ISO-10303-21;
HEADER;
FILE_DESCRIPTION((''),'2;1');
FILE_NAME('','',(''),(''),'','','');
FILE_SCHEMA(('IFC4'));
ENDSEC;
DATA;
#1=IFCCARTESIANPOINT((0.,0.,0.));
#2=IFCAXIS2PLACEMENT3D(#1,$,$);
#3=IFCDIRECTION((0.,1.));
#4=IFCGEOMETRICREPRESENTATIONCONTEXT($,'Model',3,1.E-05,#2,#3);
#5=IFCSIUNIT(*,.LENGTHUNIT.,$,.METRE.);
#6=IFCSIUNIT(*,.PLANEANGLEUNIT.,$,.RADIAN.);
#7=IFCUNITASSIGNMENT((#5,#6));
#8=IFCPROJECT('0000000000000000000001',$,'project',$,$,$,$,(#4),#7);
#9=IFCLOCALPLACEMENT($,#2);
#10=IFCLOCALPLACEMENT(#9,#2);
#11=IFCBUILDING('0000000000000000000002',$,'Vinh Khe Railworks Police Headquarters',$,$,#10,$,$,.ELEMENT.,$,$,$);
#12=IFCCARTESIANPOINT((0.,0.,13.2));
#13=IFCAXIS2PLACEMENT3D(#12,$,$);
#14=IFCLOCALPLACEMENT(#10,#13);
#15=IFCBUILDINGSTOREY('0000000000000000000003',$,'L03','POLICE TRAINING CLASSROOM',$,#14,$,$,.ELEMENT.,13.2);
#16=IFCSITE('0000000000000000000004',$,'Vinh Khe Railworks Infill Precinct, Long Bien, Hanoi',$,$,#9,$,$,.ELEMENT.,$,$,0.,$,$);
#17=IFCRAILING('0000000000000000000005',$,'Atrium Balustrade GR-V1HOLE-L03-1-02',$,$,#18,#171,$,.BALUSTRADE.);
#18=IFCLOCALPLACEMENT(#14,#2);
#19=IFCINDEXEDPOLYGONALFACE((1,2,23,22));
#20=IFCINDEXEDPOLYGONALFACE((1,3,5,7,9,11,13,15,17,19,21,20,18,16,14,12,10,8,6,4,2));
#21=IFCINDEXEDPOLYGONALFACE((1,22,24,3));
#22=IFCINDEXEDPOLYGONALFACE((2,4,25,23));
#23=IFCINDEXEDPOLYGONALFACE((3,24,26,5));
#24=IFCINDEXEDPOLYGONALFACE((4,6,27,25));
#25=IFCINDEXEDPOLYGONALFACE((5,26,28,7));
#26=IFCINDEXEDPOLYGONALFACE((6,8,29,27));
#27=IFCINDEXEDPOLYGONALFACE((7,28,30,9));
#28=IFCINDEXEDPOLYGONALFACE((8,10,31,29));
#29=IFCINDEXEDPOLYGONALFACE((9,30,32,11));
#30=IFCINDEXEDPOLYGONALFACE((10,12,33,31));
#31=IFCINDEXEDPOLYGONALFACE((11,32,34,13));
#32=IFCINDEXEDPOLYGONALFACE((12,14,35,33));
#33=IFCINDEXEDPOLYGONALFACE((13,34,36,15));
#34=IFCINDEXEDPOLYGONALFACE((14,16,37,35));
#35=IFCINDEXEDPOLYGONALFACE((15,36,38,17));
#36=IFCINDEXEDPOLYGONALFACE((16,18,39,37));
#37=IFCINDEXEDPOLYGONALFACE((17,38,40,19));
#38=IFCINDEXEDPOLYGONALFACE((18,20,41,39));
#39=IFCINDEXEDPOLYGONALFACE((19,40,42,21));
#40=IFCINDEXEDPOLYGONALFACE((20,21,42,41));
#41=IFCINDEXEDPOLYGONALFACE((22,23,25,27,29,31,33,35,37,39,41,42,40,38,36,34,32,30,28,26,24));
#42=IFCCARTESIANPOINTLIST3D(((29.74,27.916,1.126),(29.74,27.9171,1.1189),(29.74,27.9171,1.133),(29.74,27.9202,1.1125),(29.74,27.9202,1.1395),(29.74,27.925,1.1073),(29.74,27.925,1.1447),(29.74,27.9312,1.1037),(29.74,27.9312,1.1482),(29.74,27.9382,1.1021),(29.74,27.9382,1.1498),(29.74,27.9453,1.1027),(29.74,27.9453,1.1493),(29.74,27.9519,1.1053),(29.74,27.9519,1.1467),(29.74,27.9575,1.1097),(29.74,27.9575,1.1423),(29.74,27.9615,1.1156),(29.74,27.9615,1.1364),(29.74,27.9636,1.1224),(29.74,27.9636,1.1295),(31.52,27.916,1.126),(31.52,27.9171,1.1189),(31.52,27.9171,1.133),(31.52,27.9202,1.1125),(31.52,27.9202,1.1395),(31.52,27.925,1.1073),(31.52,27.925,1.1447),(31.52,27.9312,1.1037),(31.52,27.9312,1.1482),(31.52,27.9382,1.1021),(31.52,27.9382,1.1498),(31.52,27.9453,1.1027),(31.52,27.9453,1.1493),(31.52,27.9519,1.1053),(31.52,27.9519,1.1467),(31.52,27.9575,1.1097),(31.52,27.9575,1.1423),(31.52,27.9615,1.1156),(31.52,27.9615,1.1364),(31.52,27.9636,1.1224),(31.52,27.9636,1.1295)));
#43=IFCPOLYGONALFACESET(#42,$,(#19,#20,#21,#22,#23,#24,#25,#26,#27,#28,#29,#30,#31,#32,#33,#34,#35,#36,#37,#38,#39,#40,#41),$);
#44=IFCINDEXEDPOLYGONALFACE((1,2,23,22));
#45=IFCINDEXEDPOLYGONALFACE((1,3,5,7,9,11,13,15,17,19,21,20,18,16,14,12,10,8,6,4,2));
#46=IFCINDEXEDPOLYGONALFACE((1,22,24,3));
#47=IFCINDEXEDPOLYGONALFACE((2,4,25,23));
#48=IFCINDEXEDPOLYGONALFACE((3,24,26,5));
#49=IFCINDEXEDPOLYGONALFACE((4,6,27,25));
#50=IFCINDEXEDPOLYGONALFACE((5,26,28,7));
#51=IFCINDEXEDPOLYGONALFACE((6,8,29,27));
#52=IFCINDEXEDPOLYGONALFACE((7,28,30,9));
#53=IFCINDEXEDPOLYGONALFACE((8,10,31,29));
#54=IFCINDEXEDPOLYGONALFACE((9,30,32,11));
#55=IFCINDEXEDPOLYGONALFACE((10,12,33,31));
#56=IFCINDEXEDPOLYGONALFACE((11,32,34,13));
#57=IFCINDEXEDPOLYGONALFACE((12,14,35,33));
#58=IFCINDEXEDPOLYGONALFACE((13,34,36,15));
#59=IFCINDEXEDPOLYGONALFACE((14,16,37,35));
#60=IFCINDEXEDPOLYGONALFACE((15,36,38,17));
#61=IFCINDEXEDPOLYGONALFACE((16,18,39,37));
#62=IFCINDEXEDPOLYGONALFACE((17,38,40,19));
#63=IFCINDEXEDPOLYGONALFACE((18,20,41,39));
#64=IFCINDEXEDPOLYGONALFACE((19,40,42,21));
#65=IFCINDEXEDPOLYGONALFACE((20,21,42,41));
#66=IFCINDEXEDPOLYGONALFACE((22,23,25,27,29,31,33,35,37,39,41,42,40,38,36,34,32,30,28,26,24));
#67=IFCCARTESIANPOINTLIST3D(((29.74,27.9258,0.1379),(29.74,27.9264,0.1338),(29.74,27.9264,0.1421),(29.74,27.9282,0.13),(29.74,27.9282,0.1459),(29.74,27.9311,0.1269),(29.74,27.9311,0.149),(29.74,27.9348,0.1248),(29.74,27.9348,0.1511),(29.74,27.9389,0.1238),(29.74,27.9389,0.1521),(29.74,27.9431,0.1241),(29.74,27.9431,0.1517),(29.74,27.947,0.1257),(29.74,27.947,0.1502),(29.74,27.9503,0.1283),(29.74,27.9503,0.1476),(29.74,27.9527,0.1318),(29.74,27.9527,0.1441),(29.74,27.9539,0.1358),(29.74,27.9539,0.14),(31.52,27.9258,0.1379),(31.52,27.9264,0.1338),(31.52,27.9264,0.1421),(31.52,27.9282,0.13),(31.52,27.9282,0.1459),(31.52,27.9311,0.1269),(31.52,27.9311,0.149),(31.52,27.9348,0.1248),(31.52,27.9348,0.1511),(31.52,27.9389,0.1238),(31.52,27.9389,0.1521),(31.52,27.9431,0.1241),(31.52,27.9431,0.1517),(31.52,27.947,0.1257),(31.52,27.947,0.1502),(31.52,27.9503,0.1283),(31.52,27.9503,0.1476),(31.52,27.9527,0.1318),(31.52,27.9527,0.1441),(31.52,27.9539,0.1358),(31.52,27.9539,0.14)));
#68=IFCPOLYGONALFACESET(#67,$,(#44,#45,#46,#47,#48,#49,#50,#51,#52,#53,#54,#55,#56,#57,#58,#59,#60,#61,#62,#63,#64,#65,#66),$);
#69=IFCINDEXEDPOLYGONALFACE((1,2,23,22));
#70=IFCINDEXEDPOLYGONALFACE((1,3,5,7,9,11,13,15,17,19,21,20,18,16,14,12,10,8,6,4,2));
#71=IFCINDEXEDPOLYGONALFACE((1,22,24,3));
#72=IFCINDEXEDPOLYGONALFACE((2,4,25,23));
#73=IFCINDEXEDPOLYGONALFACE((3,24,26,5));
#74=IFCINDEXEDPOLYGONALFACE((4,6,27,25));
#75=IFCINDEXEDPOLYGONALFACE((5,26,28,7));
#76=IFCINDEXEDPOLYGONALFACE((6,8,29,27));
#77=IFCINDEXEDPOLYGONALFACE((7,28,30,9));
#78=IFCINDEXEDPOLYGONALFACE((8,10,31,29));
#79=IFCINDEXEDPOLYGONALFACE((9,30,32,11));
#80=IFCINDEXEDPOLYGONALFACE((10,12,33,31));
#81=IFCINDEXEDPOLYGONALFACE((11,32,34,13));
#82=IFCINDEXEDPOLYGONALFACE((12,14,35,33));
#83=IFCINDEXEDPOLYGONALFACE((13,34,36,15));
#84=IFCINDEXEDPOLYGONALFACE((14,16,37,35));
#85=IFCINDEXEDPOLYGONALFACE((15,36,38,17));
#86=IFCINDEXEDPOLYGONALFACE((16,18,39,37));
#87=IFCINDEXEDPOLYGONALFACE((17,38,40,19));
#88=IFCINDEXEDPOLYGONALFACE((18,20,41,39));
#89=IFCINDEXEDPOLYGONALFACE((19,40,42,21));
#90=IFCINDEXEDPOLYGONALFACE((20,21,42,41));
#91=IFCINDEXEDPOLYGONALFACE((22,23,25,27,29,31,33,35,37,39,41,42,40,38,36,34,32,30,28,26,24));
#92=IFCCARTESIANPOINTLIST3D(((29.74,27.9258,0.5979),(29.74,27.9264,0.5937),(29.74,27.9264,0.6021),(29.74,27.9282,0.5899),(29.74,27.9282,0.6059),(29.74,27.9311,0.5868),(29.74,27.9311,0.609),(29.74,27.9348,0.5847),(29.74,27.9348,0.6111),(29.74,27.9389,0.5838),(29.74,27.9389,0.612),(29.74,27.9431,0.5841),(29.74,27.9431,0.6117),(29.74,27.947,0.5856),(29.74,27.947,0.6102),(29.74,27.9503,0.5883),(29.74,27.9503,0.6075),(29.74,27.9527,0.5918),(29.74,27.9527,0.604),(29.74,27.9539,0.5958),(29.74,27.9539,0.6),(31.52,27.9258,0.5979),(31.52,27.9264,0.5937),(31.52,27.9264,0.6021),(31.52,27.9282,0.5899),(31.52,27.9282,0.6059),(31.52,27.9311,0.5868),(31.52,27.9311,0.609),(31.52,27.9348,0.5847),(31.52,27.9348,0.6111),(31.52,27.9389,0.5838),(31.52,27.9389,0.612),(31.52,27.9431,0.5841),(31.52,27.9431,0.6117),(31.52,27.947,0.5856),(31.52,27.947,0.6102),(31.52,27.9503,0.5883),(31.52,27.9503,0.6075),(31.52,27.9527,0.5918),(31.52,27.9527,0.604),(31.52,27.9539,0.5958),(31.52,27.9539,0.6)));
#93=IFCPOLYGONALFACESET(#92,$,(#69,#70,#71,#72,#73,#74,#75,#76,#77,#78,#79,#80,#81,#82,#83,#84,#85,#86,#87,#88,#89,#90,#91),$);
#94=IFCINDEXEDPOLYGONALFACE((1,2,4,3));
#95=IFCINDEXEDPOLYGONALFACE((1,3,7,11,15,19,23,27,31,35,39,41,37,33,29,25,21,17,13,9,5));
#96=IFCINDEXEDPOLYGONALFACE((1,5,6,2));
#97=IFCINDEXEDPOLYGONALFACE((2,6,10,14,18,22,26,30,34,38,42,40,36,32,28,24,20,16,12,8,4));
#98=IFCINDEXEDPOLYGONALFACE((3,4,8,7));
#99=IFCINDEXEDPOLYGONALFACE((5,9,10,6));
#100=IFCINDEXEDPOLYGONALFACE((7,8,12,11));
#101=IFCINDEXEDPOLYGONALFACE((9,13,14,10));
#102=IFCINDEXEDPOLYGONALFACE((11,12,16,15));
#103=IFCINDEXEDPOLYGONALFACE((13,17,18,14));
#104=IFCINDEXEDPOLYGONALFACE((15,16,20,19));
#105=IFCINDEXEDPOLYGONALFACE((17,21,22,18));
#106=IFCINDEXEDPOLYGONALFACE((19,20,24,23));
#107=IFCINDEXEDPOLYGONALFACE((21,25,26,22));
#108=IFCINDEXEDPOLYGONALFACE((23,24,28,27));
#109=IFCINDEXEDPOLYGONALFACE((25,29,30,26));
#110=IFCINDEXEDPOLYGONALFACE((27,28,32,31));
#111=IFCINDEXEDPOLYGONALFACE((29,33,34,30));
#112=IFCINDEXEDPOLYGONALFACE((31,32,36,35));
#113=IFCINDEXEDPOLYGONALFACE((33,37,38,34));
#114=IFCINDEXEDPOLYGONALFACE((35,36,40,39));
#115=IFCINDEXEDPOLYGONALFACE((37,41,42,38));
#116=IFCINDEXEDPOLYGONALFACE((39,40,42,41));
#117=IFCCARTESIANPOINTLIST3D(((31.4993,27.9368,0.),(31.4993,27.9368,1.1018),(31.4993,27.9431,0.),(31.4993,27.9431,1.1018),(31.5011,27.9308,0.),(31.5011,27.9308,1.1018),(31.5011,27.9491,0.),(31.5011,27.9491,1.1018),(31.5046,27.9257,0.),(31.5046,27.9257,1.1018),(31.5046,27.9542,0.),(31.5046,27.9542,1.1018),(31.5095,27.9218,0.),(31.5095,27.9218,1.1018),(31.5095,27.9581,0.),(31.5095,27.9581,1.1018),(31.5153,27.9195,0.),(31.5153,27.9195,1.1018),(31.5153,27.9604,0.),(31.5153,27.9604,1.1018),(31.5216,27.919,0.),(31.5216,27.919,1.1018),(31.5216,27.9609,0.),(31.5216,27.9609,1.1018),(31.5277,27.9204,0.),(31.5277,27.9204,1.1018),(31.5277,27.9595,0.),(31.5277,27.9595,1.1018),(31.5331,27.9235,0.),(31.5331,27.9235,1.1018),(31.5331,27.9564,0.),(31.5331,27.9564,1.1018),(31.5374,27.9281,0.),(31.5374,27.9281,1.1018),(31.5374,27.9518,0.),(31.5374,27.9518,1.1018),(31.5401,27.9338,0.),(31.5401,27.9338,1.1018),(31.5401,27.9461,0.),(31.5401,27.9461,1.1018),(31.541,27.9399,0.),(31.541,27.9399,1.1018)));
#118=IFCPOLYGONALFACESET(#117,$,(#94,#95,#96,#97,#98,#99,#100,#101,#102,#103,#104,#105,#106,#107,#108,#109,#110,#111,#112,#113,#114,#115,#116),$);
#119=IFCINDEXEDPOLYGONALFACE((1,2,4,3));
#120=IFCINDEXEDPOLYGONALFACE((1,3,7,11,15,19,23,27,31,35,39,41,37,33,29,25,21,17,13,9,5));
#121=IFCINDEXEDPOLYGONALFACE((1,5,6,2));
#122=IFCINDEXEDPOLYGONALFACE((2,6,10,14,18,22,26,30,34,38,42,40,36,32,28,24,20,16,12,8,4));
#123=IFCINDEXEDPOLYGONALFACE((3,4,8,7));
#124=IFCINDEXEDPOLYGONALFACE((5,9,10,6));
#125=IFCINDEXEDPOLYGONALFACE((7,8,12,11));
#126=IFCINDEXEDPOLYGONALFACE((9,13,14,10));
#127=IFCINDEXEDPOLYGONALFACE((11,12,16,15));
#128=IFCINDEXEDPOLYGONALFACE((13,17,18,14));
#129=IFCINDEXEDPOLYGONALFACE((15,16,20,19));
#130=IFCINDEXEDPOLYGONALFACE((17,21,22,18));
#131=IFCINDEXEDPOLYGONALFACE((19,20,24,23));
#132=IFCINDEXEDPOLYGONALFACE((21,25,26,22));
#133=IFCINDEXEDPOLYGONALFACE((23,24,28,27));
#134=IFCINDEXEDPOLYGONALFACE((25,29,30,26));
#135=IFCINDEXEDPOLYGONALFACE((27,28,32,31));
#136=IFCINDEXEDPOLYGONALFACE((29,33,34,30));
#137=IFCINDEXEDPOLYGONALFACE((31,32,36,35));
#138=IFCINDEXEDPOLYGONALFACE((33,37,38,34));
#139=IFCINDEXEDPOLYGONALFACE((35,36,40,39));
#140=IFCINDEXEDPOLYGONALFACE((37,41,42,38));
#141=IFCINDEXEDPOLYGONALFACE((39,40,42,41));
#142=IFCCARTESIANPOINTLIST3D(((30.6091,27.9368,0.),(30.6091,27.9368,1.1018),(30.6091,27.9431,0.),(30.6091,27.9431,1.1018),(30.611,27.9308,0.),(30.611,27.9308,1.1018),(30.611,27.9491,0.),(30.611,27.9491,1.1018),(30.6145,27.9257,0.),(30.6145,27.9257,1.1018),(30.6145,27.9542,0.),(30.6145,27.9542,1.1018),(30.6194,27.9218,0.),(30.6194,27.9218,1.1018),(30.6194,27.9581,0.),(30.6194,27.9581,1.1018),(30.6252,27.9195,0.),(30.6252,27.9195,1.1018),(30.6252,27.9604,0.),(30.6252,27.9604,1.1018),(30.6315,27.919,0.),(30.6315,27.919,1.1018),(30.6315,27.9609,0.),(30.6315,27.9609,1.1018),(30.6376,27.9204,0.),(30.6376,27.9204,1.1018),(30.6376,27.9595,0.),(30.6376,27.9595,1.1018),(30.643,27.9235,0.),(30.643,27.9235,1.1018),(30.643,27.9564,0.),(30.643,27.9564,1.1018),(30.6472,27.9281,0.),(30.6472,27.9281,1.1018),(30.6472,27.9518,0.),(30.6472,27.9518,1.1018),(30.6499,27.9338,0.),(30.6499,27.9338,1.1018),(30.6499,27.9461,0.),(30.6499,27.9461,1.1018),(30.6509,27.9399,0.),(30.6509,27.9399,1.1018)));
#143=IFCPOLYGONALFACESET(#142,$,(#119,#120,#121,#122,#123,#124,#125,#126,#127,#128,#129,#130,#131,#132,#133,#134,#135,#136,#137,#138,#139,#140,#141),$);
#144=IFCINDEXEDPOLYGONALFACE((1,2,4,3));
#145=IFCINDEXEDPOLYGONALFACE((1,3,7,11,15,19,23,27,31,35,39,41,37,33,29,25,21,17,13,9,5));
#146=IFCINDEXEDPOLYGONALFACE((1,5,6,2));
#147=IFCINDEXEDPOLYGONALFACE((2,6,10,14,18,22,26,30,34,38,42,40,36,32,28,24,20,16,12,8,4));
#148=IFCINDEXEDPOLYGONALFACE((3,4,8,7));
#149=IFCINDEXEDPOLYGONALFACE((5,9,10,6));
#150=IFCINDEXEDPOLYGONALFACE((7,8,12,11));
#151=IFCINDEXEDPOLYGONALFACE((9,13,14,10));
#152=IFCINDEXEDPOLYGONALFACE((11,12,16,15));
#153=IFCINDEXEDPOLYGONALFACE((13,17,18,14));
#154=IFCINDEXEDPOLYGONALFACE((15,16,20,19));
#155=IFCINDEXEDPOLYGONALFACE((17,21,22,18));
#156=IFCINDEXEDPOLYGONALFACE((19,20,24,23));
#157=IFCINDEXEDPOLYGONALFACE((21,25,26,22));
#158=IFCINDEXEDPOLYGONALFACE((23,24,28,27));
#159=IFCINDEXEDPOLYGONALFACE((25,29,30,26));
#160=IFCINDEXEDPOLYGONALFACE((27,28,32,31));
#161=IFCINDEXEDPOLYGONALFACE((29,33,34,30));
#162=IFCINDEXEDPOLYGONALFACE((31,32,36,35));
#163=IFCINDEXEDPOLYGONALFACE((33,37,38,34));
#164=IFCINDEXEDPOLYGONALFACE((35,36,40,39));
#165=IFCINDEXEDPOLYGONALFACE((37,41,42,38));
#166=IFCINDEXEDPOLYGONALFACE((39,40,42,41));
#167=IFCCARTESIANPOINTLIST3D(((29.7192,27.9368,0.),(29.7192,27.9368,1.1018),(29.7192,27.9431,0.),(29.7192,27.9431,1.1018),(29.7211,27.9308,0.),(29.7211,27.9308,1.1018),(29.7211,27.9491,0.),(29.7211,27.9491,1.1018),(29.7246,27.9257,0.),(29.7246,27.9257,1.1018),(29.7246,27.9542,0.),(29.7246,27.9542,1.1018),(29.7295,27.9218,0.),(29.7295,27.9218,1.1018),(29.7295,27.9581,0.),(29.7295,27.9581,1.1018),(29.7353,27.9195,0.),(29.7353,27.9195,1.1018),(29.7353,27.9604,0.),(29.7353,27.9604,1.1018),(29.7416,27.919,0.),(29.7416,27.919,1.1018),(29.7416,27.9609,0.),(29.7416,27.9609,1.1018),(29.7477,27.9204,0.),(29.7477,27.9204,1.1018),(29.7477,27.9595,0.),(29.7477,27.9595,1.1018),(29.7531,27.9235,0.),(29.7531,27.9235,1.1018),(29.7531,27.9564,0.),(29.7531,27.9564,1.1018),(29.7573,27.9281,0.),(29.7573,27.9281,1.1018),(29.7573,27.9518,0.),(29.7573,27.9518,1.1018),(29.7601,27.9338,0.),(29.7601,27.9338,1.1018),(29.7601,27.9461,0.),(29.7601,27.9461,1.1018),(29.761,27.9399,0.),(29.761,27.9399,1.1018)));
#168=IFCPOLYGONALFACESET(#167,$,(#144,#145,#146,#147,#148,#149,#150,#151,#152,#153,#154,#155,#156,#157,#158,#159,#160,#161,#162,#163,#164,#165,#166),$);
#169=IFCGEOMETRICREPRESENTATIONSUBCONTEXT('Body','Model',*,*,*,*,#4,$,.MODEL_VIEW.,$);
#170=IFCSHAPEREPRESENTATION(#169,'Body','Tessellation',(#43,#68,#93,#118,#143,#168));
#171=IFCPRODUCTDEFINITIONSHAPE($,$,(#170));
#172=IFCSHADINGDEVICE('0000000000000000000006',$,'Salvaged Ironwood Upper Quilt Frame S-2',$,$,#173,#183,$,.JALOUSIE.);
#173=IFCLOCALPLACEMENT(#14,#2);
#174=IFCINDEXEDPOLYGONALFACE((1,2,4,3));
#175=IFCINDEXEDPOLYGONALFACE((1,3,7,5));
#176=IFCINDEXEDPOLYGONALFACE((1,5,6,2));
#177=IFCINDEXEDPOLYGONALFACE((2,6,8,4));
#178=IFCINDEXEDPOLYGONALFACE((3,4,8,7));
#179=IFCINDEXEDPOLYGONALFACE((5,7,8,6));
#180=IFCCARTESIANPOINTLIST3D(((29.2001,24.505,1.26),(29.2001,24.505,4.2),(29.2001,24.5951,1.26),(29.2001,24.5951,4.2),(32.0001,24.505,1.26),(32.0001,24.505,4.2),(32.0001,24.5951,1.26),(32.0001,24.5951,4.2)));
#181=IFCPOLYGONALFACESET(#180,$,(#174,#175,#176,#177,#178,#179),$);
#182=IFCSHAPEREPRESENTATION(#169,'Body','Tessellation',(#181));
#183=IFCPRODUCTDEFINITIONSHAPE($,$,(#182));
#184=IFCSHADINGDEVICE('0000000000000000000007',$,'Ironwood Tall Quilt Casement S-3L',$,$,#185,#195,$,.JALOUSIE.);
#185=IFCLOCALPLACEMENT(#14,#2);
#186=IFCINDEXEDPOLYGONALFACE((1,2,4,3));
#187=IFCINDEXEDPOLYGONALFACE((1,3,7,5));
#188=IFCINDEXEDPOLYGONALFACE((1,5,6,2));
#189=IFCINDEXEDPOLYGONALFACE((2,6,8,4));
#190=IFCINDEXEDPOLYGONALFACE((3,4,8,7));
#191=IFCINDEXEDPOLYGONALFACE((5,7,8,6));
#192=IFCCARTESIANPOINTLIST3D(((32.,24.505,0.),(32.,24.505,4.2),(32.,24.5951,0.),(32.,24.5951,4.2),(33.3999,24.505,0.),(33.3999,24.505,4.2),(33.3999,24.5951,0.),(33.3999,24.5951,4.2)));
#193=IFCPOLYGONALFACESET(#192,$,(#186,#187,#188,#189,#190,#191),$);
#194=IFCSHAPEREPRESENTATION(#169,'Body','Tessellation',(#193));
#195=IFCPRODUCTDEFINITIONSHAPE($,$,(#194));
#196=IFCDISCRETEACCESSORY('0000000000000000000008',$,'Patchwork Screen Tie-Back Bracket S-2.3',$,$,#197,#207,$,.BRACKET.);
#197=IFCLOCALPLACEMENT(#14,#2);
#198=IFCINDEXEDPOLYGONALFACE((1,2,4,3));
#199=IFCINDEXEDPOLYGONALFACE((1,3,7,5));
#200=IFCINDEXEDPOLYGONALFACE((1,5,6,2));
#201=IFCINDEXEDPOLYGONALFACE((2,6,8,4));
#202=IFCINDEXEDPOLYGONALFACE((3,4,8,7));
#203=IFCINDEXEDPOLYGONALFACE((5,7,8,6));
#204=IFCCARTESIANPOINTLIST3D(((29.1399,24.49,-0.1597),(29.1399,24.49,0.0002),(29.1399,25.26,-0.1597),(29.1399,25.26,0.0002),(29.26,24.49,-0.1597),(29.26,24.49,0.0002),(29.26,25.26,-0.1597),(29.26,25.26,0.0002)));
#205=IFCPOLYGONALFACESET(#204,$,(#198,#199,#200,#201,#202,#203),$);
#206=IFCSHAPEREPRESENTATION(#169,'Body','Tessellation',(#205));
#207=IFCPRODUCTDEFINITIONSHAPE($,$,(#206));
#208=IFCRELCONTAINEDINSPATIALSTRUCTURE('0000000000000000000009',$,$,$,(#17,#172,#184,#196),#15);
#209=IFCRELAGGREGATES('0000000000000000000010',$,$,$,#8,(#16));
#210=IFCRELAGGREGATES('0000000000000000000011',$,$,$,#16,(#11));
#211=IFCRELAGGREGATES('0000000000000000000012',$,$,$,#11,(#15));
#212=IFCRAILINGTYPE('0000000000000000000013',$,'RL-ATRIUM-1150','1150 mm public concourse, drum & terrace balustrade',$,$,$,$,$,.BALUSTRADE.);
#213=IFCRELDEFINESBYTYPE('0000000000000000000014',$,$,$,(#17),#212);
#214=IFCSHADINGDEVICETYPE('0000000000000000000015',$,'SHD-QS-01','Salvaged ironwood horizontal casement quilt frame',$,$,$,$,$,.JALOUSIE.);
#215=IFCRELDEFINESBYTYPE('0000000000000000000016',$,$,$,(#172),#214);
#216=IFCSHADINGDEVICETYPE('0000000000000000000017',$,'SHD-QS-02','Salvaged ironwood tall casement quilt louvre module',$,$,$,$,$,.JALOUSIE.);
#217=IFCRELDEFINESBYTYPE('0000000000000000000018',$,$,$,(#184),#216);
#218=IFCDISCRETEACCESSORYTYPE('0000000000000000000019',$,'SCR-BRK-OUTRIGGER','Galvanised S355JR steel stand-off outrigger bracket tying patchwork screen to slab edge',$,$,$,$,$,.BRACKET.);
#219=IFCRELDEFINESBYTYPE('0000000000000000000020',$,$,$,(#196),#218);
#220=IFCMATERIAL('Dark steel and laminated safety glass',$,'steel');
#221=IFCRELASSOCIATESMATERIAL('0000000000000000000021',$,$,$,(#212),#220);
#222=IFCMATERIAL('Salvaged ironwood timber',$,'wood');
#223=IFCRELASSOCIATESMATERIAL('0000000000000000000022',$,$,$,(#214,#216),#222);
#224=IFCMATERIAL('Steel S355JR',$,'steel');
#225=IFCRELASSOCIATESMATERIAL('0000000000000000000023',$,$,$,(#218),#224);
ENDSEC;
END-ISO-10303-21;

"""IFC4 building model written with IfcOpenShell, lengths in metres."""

from ifc_helpers import new_model, si_unit, direction, frame, origin, origin_2d, place, context, subcontext, project, spatial, rectangle, circle, extrude, material, type_object, element, save


model = new_model("IFC4")

# Units and contexts
model_context = context("Model", 3, precision=1e-05, world=origin(), true_north=direction((0.0, 1.0)))
body_context = subcontext(model_context, "Body", "Model", "MODEL_VIEW")
ifc_project = project(units=[si_unit("LENGTHUNIT", "METRE"), si_unit("PLANEANGLEUNIT", "RADIAN")], contexts=[model_context])

# Site, building, storey
site_placement = place(None, origin())
site = spatial("IfcSite", under=ifc_project, at=site_placement, Name="Vinh Khe Railworks Infill Precinct, Long Bien, Hanoi", CompositionType="ELEMENT", RefElevation=0.0)
building_placement = place(site_placement, origin())
building = spatial("IfcBuilding", under=site, at=building_placement, Name="Vinh Khe Railworks Police Headquarters", CompositionType="ELEMENT")
storey_placement = place(building_placement, frame((0.0, 0.0, 13.2)))
storey = spatial("IfcBuildingStorey", under=building, at=storey_placement, Name="L03", Description="POLICE TRAINING CLASSROOM", CompositionType="ELEMENT", Elevation=13.2)

# Shared definitions
ifc_material_1 = material(Name="Steel S355JR", Category="steel")

# Shared definitions
ifc_material_2 = material(Name="Salvaged ironwood timber", Category="wood")

# Railing
ifc_material_3 = material(Name="Dark steel and laminated safety glass", Category="steel")
railing_type = type_object("IfcRailingType", Name="RL-ATRIUM-1150", Description="1150 mm public concourse, drum & terrace balustrade", PredefinedType="BALUSTRADE", material=ifc_material_3)
railing_1_placement = place(storey_placement, frame((31.52, 27.9399, 0.0)))
element("IfcRailing", 1, at=railing_1_placement, inside=storey, type_object=railing_type, Name="Atrium Balustrade GR-V1HOLE-L03-1-02", PredefinedType="BALUSTRADE", context=body_context, shape_type="SweptSolid", body=[
    extrude(circle(Radius=0.0239, at=origin_2d()), frame((0.0, 0.0, 1.126), z_axis=(-1.0, 0.0, 0.0), x_axis=(0.0, -1.0, 0.0)), (0.0, 0.0, 1.0), 1.78),
    extrude(circle(Radius=0.0142, at=origin_2d()), frame((0.0, 0.0, 0.1379), z_axis=(-1.0, 0.0, 0.0), x_axis=(0.0, -1.0, 0.0)), (0.0, 0.0, 1.0), 1.78),
    extrude(circle(Radius=0.0142, at=origin_2d()), frame((0.0, 0.0, 0.5979), z_axis=(-1.0, 0.0, 0.0), x_axis=(0.0, -1.0, 0.0)), (0.0, 0.0, 1.0), 1.78),
    extrude(circle(Radius=0.021, at=origin_2d()), origin(), (0.0, 0.0, 1.0), 1.1018),
    extrude(circle(Radius=0.021, at=origin_2d()), frame((-0.8901, 0.0, 0.0)), (0.0, 0.0, 1.0), 1.1018),
    extrude(circle(Radius=0.021, at=origin_2d()), frame((-1.78, 0.0, 0.0)), (0.0, 0.0, 1.0), 1.1018),
])

# Shading devices
shading_device_type_1 = type_object("IfcShadingDeviceType", Name="SHD-QS-01", Description="Salvaged ironwood horizontal casement quilt frame", PredefinedType="JALOUSIE", material=ifc_material_2)
shading_device_1_placement = place(storey_placement, frame((30.6001, 24.55, 1.26), z_axis=(0.0, 0.0, 1.0), x_axis=(1.0, 0.0, 0.0)))
element("IfcShadingDevice", 2, at=shading_device_1_placement, inside=storey, type_object=shading_device_type_1, Name="Salvaged Ironwood Upper Quilt Frame S-2", PredefinedType="JALOUSIE", context=body_context, shape_type="SweptSolid", body=[
    extrude(rectangle(XDim=2.8, YDim=0.0901, at=origin_2d()), origin(), (0.0, 0.0, 1.0), 2.9399),
])
shading_device_type_2 = type_object("IfcShadingDeviceType", Name="SHD-QS-02", Description="Salvaged ironwood tall casement quilt louvre module", PredefinedType="JALOUSIE", material=ifc_material_2)
shading_device_2_placement = place(storey_placement, frame((32.7, 24.55, 0.0), z_axis=(0.0, 0.0, 1.0), x_axis=(1.0, 0.0, 0.0)))
element("IfcShadingDevice", 3, at=shading_device_2_placement, inside=storey, type_object=shading_device_type_2, Name="Ironwood Tall Quilt Casement S-3L", PredefinedType="JALOUSIE", context=body_context, shape_type="SweptSolid", body=[
    extrude(rectangle(XDim=1.3999, YDim=0.0901, at=origin_2d()), origin(), (0.0, 0.0, 1.0), 4.2),
])

# Discrete accessory
discrete_accessory_type_1 = type_object("IfcDiscreteAccessoryType", Name="SCR-BRK-OUTRIGGER", Description="Galvanised S355JR steel stand-off outrigger bracket tying patchwork screen to slab edge", PredefinedType="BRACKET", material=ifc_material_1)
for number, where, z_axis, x_axis, name in (
    (4, (29.2, 24.875, -0.1597), (0.0, 0.0, 1.0), (1.0, 0.0, 0.0), "Patchwork Screen Tie-Back Bracket S-2.3"),
):
    element("IfcDiscreteAccessory", number, at=place(storey_placement, frame(where, z_axis=z_axis, x_axis=x_axis)), inside=storey, type_object=discrete_accessory_type_1, Name=name, PredefinedType="BRACKET", context=body_context, shape_type="SweptSolid", body=[
        extrude(rectangle(XDim=0.1201, YDim=0.77, at=origin_2d()), origin(), (0.0, 0.0, 1.0), 0.1599),
    ])

save(model, "model.ifc")
